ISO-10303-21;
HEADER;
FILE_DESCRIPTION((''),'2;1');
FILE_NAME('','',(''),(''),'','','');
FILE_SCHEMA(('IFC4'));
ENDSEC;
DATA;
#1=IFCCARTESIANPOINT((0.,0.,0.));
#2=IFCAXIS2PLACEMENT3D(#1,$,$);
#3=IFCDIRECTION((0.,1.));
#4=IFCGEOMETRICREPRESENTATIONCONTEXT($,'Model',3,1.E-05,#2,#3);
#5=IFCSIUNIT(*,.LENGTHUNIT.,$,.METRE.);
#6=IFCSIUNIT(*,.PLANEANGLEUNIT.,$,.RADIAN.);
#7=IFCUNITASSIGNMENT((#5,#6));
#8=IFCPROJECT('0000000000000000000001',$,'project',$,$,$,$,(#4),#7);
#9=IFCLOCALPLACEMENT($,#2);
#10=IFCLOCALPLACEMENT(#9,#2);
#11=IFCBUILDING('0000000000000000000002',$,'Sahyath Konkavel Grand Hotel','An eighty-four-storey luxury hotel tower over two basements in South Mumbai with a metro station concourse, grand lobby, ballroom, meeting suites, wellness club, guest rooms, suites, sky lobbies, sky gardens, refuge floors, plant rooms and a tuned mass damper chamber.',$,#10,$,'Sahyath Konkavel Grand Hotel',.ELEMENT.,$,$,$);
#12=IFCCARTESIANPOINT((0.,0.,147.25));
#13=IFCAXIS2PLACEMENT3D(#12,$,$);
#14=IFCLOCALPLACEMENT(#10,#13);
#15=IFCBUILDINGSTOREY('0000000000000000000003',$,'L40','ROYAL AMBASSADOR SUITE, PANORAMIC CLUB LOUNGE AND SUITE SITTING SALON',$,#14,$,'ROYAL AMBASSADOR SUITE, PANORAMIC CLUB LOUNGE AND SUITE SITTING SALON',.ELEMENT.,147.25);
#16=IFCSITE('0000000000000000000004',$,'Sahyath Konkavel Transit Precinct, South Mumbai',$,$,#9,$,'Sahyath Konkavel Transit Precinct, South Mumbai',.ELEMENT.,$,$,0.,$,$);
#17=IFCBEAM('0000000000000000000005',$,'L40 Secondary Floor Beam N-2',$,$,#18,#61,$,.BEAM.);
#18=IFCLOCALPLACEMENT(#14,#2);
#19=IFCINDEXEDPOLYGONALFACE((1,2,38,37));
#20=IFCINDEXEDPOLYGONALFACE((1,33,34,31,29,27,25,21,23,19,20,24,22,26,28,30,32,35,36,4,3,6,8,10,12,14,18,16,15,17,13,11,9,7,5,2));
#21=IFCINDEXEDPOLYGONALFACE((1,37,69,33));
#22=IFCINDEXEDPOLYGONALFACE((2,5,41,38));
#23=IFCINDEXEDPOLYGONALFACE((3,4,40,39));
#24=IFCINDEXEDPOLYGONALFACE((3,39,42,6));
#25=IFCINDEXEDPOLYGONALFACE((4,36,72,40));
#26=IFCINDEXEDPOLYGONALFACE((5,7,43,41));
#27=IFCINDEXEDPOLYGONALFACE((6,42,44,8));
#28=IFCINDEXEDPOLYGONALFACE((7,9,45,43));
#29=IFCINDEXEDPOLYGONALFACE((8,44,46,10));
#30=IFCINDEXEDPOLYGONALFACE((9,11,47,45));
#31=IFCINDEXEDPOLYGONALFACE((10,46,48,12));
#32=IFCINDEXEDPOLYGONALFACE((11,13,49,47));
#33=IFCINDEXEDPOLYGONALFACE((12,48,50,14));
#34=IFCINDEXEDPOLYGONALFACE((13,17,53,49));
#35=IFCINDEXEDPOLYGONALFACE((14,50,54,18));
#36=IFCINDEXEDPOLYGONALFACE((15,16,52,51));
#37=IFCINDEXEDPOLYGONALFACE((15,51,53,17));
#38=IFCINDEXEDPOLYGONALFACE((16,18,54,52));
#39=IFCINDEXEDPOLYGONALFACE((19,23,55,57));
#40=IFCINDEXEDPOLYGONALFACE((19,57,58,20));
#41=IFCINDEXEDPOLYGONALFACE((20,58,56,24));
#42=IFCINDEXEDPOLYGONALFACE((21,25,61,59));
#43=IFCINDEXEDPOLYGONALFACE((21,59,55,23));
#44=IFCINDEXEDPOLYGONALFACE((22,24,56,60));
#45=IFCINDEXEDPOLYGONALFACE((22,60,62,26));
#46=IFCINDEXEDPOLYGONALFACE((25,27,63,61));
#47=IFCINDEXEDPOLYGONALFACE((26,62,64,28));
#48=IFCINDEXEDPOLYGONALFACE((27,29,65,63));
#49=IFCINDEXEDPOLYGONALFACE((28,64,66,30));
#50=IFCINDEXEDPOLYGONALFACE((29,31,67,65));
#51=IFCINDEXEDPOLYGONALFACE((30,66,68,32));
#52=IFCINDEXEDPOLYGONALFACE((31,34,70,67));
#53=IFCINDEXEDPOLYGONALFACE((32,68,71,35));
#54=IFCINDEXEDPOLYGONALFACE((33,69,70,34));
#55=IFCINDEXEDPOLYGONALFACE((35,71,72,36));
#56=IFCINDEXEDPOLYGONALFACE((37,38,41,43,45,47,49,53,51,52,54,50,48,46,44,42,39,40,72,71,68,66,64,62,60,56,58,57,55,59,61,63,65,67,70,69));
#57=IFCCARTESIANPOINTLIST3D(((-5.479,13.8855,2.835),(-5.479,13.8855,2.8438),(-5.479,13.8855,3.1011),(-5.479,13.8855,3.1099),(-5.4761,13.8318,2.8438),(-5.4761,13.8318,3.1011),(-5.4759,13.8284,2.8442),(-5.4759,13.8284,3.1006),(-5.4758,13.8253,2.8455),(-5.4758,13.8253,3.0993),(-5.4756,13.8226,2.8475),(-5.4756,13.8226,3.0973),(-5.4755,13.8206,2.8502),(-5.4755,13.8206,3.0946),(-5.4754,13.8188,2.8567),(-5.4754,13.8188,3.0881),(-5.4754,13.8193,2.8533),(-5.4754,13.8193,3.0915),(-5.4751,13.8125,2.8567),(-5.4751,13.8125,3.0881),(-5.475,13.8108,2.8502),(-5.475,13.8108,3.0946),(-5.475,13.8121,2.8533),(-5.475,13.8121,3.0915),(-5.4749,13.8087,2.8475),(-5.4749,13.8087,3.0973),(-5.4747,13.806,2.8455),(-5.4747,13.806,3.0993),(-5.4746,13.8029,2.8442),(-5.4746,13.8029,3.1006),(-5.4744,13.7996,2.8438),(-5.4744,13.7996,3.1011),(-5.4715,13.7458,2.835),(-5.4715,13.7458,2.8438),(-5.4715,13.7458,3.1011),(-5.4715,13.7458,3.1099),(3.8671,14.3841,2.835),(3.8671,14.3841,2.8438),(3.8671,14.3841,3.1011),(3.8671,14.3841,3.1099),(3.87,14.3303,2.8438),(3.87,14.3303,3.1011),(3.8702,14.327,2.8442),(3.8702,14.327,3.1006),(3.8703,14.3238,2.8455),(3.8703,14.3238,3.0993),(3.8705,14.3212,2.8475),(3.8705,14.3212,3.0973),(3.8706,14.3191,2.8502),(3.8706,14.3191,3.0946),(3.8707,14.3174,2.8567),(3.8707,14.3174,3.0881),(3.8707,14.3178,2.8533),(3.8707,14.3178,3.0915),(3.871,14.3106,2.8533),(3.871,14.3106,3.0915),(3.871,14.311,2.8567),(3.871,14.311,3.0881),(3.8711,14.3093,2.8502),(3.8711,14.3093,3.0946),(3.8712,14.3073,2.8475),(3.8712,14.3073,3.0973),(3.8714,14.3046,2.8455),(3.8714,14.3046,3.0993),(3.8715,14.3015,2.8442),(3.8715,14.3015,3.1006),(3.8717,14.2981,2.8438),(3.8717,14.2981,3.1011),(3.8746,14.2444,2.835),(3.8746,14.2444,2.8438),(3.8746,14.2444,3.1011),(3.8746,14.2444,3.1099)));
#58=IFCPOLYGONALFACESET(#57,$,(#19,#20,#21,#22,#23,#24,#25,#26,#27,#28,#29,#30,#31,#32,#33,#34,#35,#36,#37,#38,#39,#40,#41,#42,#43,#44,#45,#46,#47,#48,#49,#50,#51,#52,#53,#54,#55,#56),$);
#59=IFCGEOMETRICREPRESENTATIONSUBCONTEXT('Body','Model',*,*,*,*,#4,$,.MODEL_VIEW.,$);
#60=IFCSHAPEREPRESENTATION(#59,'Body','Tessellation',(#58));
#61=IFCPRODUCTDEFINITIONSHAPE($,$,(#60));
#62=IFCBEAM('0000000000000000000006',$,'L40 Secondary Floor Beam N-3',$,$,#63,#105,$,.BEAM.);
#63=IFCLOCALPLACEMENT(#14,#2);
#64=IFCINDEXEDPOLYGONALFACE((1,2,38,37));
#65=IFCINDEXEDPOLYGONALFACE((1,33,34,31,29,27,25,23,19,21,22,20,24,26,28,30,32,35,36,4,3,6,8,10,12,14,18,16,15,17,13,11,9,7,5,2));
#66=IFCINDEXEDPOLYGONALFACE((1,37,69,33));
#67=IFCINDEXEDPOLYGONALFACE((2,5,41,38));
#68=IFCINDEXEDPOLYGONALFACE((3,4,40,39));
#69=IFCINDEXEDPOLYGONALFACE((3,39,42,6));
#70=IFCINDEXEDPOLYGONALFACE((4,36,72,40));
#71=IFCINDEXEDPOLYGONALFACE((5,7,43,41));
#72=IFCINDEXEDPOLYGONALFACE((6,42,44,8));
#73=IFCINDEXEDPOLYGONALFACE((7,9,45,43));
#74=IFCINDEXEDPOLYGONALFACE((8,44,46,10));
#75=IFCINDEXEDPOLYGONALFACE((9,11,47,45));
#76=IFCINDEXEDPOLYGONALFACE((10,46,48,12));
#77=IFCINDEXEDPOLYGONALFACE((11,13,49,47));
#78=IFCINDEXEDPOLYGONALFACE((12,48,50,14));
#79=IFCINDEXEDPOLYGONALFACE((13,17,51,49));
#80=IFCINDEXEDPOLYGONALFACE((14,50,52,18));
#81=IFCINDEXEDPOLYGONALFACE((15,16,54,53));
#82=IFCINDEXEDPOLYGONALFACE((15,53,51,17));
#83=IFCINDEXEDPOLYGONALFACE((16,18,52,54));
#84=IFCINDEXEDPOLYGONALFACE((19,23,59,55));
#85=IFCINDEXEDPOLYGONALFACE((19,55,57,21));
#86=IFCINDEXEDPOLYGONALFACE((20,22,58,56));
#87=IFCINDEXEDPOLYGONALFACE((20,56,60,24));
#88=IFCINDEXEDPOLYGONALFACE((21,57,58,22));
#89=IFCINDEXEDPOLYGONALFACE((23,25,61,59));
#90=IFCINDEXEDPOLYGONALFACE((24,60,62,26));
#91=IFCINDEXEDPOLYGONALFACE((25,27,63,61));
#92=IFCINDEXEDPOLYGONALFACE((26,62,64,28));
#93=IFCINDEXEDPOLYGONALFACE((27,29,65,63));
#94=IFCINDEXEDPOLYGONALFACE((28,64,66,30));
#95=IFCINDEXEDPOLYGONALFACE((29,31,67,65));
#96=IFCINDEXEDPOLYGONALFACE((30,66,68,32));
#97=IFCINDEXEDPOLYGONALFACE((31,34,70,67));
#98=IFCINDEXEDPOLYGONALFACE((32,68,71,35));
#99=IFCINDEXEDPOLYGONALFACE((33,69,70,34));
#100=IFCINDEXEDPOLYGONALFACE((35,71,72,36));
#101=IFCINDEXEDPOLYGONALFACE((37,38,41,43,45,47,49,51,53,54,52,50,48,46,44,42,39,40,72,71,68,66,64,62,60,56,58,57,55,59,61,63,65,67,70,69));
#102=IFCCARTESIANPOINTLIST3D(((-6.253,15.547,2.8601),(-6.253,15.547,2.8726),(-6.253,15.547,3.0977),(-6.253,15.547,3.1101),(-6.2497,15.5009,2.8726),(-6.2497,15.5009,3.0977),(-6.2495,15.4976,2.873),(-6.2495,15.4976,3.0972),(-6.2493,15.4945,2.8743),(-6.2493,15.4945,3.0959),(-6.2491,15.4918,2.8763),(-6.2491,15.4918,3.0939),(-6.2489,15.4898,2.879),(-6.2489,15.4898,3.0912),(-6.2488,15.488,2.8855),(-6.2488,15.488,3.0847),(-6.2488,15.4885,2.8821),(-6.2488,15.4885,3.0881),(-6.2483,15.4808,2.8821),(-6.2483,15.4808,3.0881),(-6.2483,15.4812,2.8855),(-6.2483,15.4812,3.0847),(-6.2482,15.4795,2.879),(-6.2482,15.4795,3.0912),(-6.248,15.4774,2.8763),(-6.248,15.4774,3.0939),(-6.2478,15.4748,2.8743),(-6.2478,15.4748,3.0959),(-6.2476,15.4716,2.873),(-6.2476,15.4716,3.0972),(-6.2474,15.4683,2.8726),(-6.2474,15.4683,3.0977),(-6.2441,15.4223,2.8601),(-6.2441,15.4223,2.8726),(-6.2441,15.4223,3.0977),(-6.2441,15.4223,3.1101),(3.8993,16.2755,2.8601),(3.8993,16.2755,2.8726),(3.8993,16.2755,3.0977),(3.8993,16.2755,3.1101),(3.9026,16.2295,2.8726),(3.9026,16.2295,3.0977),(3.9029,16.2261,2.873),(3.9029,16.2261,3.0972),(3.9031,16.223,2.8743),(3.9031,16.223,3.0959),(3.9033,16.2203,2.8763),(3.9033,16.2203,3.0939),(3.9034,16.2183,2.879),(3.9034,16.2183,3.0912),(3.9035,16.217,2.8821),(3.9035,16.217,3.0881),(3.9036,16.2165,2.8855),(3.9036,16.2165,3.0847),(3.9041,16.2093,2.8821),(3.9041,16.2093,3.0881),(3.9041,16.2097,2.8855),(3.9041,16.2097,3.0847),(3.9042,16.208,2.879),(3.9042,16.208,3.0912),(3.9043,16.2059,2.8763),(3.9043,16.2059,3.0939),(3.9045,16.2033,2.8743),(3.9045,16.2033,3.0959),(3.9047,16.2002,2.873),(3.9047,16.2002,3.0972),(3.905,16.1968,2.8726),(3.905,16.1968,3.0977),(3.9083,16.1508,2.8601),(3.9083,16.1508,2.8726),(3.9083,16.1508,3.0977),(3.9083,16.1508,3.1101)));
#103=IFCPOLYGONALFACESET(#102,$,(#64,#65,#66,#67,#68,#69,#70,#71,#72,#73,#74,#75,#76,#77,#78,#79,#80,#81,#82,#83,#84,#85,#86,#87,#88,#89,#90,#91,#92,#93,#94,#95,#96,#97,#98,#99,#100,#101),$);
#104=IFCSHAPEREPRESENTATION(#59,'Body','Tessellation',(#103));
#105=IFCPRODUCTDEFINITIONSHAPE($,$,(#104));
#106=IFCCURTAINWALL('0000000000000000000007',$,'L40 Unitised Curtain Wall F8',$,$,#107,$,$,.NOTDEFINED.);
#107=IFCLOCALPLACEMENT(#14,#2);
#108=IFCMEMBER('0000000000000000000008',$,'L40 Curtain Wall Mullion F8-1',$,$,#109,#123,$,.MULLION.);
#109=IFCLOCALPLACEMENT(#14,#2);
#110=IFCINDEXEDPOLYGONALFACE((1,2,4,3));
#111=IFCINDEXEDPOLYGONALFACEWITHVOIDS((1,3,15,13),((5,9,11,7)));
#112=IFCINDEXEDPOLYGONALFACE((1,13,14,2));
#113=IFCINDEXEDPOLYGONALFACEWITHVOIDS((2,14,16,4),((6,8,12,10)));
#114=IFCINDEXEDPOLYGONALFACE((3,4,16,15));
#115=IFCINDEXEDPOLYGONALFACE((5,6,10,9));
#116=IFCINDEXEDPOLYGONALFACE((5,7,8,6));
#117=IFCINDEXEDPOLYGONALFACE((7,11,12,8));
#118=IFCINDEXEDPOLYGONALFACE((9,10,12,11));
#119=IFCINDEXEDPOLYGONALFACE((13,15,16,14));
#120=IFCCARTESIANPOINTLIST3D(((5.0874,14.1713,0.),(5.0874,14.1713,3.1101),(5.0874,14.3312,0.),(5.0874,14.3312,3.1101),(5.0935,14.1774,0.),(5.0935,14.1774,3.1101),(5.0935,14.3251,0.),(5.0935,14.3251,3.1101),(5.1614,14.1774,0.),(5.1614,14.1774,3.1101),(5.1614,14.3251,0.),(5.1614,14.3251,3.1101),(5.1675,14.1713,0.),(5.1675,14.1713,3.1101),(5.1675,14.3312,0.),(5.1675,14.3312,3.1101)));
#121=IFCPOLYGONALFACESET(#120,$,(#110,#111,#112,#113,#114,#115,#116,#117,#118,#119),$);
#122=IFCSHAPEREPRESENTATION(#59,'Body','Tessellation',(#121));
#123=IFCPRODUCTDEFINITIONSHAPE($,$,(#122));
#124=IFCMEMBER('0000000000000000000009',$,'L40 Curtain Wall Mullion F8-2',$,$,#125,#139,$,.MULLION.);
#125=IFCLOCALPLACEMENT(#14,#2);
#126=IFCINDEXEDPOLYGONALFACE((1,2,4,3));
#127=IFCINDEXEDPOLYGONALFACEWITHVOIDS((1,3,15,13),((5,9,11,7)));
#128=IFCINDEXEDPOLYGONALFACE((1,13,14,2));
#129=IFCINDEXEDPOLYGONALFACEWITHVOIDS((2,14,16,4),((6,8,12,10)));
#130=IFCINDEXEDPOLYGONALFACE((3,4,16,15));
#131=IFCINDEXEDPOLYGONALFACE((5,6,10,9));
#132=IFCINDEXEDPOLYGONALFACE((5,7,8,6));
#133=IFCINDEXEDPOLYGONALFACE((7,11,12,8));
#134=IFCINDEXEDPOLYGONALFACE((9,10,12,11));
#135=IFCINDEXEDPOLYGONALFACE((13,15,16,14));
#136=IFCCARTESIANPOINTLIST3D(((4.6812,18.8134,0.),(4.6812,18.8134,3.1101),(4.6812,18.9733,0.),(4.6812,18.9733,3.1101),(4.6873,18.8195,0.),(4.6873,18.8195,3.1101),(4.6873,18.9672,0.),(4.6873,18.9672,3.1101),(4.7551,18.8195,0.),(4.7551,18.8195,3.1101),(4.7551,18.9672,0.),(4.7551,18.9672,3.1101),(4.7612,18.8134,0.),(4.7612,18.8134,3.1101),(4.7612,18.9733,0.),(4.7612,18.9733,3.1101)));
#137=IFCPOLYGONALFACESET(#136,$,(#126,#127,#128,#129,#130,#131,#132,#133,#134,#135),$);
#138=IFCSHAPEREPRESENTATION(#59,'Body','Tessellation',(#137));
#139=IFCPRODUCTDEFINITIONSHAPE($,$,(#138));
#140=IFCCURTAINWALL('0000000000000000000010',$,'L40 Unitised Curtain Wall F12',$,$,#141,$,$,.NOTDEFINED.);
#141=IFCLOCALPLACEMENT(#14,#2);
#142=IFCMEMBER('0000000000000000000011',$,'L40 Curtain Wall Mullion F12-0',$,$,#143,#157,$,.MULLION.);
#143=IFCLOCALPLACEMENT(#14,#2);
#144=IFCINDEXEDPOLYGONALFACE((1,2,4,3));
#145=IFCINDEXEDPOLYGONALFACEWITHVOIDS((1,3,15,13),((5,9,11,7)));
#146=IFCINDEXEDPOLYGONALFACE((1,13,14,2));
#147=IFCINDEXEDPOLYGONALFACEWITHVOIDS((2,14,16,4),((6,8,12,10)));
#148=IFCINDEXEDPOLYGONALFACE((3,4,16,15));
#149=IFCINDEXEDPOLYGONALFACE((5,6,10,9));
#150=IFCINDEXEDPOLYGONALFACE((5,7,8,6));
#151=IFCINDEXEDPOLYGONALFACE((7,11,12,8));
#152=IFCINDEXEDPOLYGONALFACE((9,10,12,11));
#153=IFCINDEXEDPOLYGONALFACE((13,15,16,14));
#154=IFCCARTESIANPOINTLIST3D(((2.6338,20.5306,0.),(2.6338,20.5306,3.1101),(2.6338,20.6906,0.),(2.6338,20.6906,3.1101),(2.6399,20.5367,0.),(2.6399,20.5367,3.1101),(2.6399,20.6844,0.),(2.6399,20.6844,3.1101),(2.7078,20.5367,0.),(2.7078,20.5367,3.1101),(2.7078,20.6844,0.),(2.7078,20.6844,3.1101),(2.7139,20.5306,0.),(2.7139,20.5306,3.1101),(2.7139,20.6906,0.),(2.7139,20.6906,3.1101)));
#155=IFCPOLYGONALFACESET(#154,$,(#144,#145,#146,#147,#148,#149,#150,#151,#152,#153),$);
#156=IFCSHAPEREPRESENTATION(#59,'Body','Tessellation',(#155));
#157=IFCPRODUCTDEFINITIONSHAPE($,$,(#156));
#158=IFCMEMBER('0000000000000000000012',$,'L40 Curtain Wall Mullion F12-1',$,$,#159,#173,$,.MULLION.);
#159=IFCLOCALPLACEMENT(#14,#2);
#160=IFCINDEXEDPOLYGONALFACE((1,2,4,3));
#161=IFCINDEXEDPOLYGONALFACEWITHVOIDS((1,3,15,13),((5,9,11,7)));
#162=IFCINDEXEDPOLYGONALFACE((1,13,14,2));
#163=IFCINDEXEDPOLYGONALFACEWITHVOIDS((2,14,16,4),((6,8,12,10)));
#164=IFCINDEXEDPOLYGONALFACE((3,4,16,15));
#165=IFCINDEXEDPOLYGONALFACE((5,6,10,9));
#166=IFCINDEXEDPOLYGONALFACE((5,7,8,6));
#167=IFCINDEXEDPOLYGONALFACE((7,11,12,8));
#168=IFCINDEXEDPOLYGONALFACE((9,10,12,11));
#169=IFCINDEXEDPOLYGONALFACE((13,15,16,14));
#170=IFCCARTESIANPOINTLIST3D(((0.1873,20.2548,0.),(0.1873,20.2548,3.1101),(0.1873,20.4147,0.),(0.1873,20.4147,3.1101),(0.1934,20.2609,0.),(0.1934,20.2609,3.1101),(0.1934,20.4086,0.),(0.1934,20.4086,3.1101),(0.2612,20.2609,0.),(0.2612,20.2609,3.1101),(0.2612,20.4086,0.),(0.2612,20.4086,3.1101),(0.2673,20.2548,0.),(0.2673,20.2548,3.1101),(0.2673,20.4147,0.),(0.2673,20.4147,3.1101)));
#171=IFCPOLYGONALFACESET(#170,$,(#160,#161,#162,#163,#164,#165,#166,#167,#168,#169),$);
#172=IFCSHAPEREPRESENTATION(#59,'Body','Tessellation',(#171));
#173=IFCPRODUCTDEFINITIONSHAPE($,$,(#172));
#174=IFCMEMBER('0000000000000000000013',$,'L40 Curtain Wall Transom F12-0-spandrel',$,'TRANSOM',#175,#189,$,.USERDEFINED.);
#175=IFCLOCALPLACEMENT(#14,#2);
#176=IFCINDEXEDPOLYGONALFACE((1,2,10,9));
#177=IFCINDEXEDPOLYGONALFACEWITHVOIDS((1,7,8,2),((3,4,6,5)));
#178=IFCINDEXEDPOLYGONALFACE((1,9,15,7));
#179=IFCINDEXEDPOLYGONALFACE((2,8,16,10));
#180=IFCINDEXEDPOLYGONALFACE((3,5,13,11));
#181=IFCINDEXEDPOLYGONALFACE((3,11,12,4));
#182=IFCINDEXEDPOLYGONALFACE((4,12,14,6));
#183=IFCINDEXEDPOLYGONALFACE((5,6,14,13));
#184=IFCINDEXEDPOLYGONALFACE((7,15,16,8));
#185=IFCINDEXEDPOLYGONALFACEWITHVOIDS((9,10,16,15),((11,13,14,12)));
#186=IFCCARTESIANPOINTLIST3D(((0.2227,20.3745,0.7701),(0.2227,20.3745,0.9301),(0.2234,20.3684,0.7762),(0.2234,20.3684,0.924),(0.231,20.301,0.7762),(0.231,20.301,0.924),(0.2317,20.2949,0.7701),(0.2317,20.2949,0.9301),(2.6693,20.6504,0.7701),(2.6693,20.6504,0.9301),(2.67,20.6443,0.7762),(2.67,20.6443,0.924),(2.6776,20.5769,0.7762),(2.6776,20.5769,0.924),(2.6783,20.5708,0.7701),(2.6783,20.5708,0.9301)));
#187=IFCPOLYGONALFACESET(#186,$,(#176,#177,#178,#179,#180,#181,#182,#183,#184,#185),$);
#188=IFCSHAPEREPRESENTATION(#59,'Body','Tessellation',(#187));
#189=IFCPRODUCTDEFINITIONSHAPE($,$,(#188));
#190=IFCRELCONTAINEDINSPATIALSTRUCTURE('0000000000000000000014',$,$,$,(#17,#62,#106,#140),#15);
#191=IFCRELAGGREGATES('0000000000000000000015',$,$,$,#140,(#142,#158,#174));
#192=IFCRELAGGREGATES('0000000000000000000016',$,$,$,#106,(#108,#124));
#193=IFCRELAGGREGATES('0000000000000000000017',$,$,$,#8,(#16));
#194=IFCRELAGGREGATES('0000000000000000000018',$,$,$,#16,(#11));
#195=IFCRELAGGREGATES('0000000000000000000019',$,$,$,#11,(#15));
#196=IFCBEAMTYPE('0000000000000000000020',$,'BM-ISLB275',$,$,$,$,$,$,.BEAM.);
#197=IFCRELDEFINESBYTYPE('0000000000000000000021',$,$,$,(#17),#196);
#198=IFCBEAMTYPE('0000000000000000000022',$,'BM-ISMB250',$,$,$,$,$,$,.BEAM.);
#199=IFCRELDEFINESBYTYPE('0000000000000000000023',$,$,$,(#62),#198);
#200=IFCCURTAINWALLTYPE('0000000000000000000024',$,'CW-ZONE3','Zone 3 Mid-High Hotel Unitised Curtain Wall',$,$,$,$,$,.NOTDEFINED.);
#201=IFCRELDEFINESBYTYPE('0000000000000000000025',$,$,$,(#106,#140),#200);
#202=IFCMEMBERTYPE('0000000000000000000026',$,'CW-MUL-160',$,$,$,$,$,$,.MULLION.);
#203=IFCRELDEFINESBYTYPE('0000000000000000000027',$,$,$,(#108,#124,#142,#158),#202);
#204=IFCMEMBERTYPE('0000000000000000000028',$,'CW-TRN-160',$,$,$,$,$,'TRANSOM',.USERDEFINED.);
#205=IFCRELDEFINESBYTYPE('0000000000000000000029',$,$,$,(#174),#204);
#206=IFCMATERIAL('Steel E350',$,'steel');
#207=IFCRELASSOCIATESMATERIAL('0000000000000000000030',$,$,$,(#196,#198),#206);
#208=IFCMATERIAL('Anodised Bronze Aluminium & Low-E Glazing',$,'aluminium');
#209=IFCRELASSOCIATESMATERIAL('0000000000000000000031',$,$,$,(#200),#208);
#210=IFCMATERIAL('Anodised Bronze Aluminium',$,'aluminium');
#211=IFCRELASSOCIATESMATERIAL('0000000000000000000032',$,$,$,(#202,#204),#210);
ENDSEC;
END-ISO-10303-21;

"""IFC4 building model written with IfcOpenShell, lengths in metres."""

from ifc_helpers import new_model, si_unit, direction, frame, origin, origin_2d, place, context, subcontext, project, spatial, hollow_rectangle, i_section, extrude, source, transform, mapped, material, material_profile, profile_set, type_object, element, aggregate, save


model = new_model("IFC4")

# Units and contexts
model_context = context("Model", 3, precision=1e-05, world=origin(), true_north=direction((0.0, 1.0)))
body_context = subcontext(model_context, "Body", "Model", "MODEL_VIEW")
ifc_project = project(units=[si_unit("LENGTHUNIT", "METRE"), si_unit("PLANEANGLEUNIT", "RADIAN")], contexts=[model_context])

# Site, building, storey
site_placement = place(None, origin())
site = spatial("IfcSite", under=ifc_project, at=site_placement, Name="Sahyath Konkavel Transit Precinct, South Mumbai", LongName="Sahyath Konkavel Transit Precinct, South Mumbai", CompositionType="ELEMENT", RefElevation=0.0)
building_placement = place(site_placement, origin())
building = spatial("IfcBuilding", under=site, at=building_placement, Name="Sahyath Konkavel Grand Hotel", Description="An eighty-four-storey luxury hotel tower over two basements in South Mumbai with a metro station concourse, grand lobby, ballroom, meeting suites, wellness club, guest rooms, suites, sky lobbies, sky gardens, refuge floors, plant rooms and a tuned mass damper chamber.", LongName="Sahyath Konkavel Grand Hotel", CompositionType="ELEMENT")
storey_placement = place(building_placement, frame((0.0, 0.0, 147.25)))
storey = spatial("IfcBuildingStorey", under=building, at=storey_placement, Name="L40", Description="ROYAL AMBASSADOR SUITE, PANORAMIC CLUB LOUNGE AND SUITE SITTING SALON", LongName="ROYAL AMBASSADOR SUITE, PANORAMIC CLUB LOUNGE AND SUITE SITTING SALON", CompositionType="ELEMENT", Elevation=147.25)

# Beams
ifc_material_1 = material(Name="Steel E350", Category="steel")
ifc_material_profile_1 = material_profile(ifc_material_1, i_section(OverallWidth=0.1399, OverallDepth=0.2749, WebThickness=0.0063, FlangeThickness=0.0088, FilletRadius=0.0129, at=origin_2d()), Name="ISLB 275")
ifc_profile_set_1 = profile_set([ifc_material_profile_1], Name="Steel E350")
beam_type_1 = type_object("IfcBeamType", Name="BM-ISLB275", PredefinedType="BEAM", material=ifc_profile_set_1)
shared_shape_1 = source(origin(), body_context, "Body", "SweptSolid", [
    extrude(i_section(OverallWidth=0.1399, OverallDepth=0.2749, WebThickness=0.0063, FlangeThickness=0.0088, FilletRadius=0.0129, at=origin_2d()), origin(), (0.0, 0.0, 1.0), 9.3594),
])
beam_1_placement = place(storey_placement, frame((3.8708, 14.3142, 2.9724), z_axis=(-0.99858, -0.053265, 0.0), x_axis=(0.053265, -0.99858, 0.0)))
element("IfcBeam", 1, at=beam_1_placement, inside=storey, type_object=beam_type_1, Name="L40 Secondary Floor Beam N-2", PredefinedType="BEAM", context=body_context, shape_type="MappedRepresentation", body=[
    mapped(shared_shape_1, transform((0.0, 0.0, 0.0), scale=1.0)),
])
ifc_material_profile_2 = material_profile(ifc_material_1, i_section(OverallWidth=0.125, OverallDepth=0.25, WebThickness=0.0068, FlangeThickness=0.0125, FilletRadius=0.0129, at=origin_2d()), Name="ISMB 250")
ifc_profile_set_2 = profile_set([ifc_material_profile_2], Name="Steel E350")
beam_type_2 = type_object("IfcBeamType", Name="BM-ISMB250", PredefinedType="BEAM", material=ifc_profile_set_2)
shared_shape_2 = source(origin(), body_context, "Body", "SweptSolid", [
    extrude(i_section(OverallWidth=0.125, OverallDepth=0.25, WebThickness=0.0068, FlangeThickness=0.0125, FilletRadius=0.0129, at=origin_2d()), origin(), (0.0, 0.0, 1.0), 10.1785),
])
beam_2_placement = place(storey_placement, frame((3.9038, 16.2131, 2.9851), z_axis=(-0.997435, -0.071574, 0.0), x_axis=(0.071574, -0.997435, 0.0)))
element("IfcBeam", 2, at=beam_2_placement, inside=storey, type_object=beam_type_2, Name="L40 Secondary Floor Beam N-3", PredefinedType="BEAM", context=body_context, shape_type="MappedRepresentation", body=[
    mapped(shared_shape_2, transform((0.0, 0.0, 0.0), scale=1.0)),
])

# Curtain walls, members
ifc_material_2 = material(Name="Anodised Bronze Aluminium & Low-E Glazing", Category="aluminium")
curtain_wall_type = type_object("IfcCurtainWallType", Name="CW-ZONE3", Description="Zone 3 Mid-High Hotel Unitised Curtain Wall", PredefinedType="NOTDEFINED", material=ifc_material_2)
curtain_wall_1_placement = place(storey_placement, origin())
curtain_wall_1 = element("IfcCurtainWall", 3, at=curtain_wall_1_placement, inside=storey, type_object=curtain_wall_type, Name="L40 Unitised Curtain Wall F8", PredefinedType="NOTDEFINED")
ifc_material_3 = material(Name="Anodised Bronze Aluminium", Category="aluminium")
ifc_material_profile_3 = material_profile(ifc_material_3, hollow_rectangle(XDim=0.0801, YDim=0.1599, WallThickness=0.0061, at=origin_2d()), Name="RHS 160x80x6")
ifc_profile_set_3 = profile_set([ifc_material_profile_3], Name="Anodised Bronze Aluminium")
member_type_1 = type_object("IfcMemberType", Name="CW-MUL-160", PredefinedType="MULLION", material=ifc_profile_set_3)
shared_shape_3 = source(origin(), body_context, "Body", "SweptSolid", [
    extrude(hollow_rectangle(XDim=0.0801, YDim=0.1599, WallThickness=0.0061, at=origin_2d()), origin(), (0.0, 0.0, 1.0), 3.1101),
])
member_1_placement = place(storey_placement, frame((5.1274, 14.2512, 0.0), z_axis=(0.0, 0.0, 1.0), x_axis=(1.0, 0.0, 0.0)))
member_1 = element("IfcMember", 4, at=member_1_placement, type_object=member_type_1, Name="L40 Curtain Wall Mullion F8-1", PredefinedType="MULLION", context=body_context, shape_type="MappedRepresentation", body=[
    mapped(shared_shape_3, transform((0.0, 0.0, 0.0), scale=1.0)),
])
member_2_placement = place(storey_placement, frame((4.7212, 18.8933, 0.0), z_axis=(0.0, 0.0, 1.0), x_axis=(1.0, 0.0, 0.0)))
member_2 = element("IfcMember", 5, at=member_2_placement, type_object=member_type_1, Name="L40 Curtain Wall Mullion F8-2", PredefinedType="MULLION", context=body_context, shape_type="MappedRepresentation", body=[
    mapped(shared_shape_3, transform((0.0, 0.0, 0.0), scale=1.0)),
])
curtain_wall_2_placement = place(storey_placement, origin())
curtain_wall_2 = element("IfcCurtainWall", 6, at=curtain_wall_2_placement, inside=storey, type_object=curtain_wall_type, Name="L40 Unitised Curtain Wall F12", PredefinedType="NOTDEFINED")
member_3_placement = place(storey_placement, frame((2.6738, 20.6106, 0.0), z_axis=(0.0, 0.0, 1.0), x_axis=(1.0, 0.0, 0.0)))
member_3 = element("IfcMember", 7, at=member_3_placement, type_object=member_type_1, Name="L40 Curtain Wall Mullion F12-0", PredefinedType="MULLION", context=body_context, shape_type="MappedRepresentation", body=[
    mapped(shared_shape_3, transform((0.0, 0.0, 0.0), scale=1.0)),
])
member_4_placement = place(storey_placement, frame((0.2273, 20.3347, 0.0), z_axis=(0.0, 0.0, 1.0), x_axis=(1.0, 0.0, 0.0)))
member_4 = element("IfcMember", 8, at=member_4_placement, type_object=member_type_1, Name="L40 Curtain Wall Mullion F12-1", PredefinedType="MULLION", context=body_context, shape_type="MappedRepresentation", body=[
    mapped(shared_shape_3, transform((0.0, 0.0, 0.0), scale=1.0)),
])
ifc_material_profile_4 = material_profile(ifc_material_3, hollow_rectangle(XDim=0.0801, YDim=0.1599, WallThickness=0.0061, at=origin_2d()), Name="RHS 160x80x6")
ifc_profile_set_4 = profile_set([ifc_material_profile_4], Name="Anodised Bronze Aluminium")
member_type_2 = type_object("IfcMemberType", Name="CW-TRN-160", ElementType="TRANSOM", PredefinedType="USERDEFINED", material=ifc_profile_set_4)
shared_shape_4 = source(origin(), body_context, "Body", "SweptSolid", [
    extrude(hollow_rectangle(XDim=0.0801, YDim=0.1599, WallThickness=0.0061, at=origin_2d()), origin(), (0.0, 0.0, 1.0), 2.4622),
])
member_5_placement = place(storey_placement, frame((2.6738, 20.6106, 0.8501), z_axis=(-0.993702, -0.112053, 0.0), x_axis=(0.112053, -0.993702, 0.0)))
member_5 = element("IfcMember", 9, at=member_5_placement, type_object=member_type_2, Name="L40 Curtain Wall Transom F12-0-spandrel", ObjectType="TRANSOM", PredefinedType="USERDEFINED", context=body_context, shape_type="MappedRepresentation", body=[
    mapped(shared_shape_4, transform((0.0, 0.0, 0.0), scale=1.0)),
])

aggregate(curtain_wall_2, [member_3, member_4, member_5])
aggregate(curtain_wall_1, [member_1, member_2])

save(model, "model.ifc")
